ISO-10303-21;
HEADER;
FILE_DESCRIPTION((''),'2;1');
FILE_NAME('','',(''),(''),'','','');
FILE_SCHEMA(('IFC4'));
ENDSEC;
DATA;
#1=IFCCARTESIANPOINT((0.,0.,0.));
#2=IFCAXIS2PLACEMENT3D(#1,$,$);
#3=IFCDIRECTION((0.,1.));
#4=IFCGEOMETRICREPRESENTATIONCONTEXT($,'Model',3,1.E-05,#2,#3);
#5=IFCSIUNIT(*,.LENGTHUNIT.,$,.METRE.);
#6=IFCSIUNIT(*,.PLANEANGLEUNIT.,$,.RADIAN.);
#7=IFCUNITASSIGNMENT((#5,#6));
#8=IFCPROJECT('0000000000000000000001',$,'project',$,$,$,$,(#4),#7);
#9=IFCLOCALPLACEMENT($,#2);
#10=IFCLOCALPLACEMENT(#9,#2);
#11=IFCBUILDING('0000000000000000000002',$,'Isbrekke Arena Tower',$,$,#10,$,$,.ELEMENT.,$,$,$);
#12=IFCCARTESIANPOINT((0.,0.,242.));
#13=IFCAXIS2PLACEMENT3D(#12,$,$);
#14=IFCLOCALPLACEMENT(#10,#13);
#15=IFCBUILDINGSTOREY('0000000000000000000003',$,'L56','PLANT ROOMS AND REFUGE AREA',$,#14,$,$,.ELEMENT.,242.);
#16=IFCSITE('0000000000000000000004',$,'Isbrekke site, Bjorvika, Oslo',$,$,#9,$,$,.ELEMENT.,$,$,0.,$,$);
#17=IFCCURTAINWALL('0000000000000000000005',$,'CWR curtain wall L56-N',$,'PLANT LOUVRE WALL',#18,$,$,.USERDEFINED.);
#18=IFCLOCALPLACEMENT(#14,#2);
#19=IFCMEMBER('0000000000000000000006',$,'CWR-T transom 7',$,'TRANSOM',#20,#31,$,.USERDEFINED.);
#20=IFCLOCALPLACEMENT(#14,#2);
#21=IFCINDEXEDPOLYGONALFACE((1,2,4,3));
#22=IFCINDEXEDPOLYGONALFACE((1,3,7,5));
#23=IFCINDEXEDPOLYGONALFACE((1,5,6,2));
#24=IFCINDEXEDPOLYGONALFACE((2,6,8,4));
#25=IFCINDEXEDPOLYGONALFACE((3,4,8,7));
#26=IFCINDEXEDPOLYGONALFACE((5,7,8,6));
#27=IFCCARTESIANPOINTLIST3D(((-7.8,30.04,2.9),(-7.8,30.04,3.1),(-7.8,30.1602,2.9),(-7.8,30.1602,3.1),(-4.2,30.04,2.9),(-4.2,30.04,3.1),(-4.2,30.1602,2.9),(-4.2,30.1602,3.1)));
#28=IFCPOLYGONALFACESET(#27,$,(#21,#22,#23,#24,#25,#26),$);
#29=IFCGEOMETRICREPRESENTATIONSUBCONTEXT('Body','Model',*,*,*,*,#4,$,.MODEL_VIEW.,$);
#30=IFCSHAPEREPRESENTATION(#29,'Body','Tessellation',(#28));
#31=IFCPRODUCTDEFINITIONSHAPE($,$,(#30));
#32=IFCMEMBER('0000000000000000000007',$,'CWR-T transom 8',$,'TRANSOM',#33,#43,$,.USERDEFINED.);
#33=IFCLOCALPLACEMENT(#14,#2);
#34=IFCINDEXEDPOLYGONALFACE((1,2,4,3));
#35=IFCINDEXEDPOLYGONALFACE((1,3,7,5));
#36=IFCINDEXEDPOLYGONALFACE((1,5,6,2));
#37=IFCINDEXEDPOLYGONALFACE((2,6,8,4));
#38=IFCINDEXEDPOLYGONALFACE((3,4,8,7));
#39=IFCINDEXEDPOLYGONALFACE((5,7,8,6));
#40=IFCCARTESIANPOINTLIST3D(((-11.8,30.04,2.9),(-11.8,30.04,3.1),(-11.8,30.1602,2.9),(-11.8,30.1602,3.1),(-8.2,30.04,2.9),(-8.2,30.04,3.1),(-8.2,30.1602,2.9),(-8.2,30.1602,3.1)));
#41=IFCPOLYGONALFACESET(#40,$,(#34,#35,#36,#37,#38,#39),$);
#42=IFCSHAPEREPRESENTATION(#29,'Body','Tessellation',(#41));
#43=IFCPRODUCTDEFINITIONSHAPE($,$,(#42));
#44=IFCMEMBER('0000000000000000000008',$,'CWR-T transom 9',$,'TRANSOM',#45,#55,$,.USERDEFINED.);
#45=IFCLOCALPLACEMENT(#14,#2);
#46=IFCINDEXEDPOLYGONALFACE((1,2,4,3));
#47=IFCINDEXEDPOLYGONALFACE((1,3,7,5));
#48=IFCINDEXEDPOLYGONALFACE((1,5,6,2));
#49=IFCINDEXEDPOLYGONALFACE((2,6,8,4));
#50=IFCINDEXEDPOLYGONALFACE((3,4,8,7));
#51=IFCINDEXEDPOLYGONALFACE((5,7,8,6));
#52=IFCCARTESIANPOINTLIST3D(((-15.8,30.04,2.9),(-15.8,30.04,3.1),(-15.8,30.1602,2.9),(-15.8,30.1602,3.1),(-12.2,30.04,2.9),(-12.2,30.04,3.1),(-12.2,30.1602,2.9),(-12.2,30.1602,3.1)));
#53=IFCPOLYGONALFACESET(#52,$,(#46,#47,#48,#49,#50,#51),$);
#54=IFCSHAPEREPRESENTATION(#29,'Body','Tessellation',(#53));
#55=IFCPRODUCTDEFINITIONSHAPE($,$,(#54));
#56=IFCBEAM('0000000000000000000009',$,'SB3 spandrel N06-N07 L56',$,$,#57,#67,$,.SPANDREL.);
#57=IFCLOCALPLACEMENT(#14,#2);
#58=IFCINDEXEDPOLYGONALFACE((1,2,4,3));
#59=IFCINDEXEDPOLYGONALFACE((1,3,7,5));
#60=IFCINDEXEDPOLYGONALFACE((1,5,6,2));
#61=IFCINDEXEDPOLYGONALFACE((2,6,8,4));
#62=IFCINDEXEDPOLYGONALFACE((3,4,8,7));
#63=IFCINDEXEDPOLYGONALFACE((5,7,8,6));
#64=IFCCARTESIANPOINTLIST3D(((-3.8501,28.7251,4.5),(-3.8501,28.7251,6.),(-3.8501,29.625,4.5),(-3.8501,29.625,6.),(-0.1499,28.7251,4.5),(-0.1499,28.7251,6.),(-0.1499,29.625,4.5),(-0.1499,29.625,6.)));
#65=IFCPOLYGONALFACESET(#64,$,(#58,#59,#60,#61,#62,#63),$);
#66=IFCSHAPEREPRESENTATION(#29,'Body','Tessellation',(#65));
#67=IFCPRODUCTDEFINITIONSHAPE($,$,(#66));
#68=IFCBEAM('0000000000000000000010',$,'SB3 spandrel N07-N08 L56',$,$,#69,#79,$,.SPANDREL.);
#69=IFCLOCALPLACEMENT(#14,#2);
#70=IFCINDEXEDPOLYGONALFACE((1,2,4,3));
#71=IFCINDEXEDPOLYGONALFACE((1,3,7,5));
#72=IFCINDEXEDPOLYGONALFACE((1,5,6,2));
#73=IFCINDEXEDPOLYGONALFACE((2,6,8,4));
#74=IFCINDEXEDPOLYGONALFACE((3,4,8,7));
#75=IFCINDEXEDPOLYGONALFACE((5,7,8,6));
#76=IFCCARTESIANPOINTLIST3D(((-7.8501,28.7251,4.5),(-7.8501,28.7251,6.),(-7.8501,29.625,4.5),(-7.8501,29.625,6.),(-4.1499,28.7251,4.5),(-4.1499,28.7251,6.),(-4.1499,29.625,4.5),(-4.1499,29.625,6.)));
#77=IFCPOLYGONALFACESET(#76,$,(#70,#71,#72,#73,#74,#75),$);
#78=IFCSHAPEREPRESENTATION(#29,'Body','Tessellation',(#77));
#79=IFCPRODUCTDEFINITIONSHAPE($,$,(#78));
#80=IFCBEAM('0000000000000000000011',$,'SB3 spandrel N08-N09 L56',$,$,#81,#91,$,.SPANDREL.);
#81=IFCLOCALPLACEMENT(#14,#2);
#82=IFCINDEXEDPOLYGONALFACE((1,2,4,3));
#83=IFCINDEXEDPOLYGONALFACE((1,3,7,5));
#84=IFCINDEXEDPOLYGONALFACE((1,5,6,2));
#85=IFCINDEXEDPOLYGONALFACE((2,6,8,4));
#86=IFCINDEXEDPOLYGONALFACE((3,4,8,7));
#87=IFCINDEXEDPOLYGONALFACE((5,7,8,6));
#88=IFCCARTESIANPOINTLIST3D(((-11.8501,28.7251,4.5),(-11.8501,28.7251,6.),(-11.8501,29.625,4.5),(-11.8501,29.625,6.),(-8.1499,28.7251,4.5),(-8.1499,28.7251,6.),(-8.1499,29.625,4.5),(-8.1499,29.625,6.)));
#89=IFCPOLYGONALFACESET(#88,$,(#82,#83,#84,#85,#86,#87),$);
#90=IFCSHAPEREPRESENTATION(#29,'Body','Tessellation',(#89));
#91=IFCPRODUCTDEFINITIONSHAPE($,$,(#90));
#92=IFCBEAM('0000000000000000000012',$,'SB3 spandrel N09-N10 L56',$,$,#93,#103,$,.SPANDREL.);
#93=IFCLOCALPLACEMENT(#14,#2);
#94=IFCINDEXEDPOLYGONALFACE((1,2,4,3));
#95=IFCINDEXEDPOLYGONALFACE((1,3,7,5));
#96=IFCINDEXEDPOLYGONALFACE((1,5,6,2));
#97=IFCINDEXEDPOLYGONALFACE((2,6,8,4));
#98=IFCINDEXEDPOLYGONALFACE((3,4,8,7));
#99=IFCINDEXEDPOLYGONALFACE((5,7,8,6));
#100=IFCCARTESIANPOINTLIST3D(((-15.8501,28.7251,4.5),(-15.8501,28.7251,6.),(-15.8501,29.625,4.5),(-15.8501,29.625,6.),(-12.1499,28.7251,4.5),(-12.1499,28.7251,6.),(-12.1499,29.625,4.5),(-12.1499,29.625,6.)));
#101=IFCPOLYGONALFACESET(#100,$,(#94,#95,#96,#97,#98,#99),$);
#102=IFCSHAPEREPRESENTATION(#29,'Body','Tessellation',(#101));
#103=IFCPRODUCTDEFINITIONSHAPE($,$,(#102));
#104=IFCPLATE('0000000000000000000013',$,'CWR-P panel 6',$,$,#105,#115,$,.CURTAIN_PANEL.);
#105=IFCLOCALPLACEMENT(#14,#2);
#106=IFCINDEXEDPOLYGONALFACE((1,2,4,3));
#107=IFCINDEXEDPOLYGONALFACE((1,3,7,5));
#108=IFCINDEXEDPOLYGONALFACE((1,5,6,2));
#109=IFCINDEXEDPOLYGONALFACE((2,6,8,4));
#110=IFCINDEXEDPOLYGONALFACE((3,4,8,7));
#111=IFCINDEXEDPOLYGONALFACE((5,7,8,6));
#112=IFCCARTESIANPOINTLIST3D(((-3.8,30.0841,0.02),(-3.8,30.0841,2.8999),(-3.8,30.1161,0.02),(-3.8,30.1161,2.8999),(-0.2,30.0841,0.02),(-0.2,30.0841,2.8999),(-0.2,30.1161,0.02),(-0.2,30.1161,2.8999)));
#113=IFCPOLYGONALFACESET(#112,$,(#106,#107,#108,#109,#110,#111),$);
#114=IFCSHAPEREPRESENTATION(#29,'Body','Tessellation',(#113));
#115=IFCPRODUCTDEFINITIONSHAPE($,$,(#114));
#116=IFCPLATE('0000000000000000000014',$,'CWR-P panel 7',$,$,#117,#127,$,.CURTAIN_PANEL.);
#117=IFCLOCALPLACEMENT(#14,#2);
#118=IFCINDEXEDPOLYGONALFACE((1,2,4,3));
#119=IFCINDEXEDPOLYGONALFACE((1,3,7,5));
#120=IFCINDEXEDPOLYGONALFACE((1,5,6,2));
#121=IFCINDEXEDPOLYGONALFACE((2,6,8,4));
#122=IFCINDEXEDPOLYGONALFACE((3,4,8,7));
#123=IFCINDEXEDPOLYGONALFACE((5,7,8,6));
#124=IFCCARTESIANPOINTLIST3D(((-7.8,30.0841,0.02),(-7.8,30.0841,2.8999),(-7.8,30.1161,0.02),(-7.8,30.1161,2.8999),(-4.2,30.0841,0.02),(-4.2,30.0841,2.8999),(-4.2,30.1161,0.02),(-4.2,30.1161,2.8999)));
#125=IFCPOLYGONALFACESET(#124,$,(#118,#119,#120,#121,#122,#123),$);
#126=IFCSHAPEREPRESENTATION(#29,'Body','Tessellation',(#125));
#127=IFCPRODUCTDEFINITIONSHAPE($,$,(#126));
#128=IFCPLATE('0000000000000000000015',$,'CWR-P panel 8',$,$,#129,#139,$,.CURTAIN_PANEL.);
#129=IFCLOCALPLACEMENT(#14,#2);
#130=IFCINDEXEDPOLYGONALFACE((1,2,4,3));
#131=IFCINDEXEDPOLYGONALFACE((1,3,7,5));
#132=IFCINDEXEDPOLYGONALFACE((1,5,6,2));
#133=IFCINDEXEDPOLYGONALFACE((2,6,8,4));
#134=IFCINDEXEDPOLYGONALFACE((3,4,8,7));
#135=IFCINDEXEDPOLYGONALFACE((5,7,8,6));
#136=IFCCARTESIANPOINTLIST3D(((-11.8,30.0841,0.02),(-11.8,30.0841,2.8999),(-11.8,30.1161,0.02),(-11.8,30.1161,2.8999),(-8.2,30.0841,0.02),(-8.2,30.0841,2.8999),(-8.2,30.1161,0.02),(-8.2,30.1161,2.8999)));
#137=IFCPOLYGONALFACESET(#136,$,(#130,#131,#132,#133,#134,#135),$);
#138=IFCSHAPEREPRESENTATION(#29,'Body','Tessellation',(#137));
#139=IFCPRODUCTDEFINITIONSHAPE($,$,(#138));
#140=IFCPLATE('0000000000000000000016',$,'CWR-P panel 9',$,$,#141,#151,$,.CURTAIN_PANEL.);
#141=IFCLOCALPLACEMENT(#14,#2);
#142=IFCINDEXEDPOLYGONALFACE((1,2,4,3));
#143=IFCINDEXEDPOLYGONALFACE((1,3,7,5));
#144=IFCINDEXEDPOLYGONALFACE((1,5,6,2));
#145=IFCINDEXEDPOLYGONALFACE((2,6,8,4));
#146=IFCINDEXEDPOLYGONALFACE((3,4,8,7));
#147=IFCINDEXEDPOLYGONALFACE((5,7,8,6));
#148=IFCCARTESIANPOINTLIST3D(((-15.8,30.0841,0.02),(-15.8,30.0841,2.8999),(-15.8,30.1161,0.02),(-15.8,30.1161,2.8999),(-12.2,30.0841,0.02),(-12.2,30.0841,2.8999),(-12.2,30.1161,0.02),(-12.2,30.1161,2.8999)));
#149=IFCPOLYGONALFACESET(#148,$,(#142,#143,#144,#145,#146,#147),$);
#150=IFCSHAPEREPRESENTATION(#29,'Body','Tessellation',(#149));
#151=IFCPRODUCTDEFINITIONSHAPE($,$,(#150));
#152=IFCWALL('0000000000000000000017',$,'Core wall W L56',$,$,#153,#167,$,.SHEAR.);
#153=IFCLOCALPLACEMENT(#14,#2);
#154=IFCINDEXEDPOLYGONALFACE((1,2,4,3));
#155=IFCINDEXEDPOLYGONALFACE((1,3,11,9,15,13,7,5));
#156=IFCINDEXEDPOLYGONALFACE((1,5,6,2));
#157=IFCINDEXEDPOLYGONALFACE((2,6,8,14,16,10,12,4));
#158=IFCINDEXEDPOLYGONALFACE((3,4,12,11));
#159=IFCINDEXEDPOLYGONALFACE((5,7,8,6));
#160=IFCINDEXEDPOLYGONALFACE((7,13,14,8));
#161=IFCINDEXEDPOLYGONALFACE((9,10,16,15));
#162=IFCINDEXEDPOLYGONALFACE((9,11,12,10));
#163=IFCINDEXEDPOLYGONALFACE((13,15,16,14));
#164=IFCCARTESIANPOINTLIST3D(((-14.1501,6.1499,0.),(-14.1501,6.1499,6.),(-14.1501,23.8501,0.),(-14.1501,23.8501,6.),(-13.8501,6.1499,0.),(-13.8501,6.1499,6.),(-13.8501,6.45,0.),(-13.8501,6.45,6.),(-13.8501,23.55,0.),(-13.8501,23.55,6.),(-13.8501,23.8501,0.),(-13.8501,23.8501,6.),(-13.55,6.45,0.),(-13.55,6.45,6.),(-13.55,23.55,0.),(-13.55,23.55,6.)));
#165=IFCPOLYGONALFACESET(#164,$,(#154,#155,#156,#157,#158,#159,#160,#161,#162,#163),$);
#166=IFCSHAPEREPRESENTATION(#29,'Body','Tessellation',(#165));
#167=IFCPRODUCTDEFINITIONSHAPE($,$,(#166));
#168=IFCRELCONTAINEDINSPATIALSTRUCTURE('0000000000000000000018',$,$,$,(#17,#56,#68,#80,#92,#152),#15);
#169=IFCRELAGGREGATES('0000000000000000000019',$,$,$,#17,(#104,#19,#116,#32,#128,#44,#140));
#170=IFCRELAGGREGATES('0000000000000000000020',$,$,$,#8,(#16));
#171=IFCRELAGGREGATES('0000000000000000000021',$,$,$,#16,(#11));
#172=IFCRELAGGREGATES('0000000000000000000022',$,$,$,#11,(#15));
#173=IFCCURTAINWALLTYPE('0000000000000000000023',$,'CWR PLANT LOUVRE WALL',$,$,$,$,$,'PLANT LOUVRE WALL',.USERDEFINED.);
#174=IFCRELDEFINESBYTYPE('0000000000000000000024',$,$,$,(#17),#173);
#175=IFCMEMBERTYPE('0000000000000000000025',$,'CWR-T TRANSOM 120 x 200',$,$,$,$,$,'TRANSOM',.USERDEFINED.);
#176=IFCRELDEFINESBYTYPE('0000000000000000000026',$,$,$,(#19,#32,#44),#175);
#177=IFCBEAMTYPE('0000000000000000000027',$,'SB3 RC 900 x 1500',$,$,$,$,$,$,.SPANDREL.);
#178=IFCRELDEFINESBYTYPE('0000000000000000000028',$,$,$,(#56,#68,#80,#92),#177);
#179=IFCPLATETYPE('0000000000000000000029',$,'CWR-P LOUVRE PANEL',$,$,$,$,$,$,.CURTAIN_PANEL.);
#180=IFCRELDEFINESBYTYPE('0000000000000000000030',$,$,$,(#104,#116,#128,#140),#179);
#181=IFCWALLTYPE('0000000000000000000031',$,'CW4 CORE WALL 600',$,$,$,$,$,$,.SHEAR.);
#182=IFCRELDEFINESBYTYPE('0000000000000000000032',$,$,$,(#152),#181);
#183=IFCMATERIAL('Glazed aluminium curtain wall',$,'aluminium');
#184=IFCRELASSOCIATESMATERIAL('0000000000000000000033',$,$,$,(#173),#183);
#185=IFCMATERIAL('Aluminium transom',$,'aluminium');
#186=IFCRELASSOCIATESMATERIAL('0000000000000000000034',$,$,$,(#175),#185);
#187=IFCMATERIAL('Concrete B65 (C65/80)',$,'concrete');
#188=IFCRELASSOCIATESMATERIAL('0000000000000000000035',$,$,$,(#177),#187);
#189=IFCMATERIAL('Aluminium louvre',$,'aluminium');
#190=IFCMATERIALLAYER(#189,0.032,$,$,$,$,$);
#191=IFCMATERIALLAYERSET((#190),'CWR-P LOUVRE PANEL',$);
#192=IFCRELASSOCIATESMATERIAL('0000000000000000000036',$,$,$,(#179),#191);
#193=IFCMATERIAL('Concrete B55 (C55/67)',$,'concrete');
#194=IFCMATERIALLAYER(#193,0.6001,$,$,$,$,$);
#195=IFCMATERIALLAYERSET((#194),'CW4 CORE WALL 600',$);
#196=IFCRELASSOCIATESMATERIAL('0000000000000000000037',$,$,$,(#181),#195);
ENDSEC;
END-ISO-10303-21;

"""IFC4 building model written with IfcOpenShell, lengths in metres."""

from ifc_helpers import new_model, si_unit, direction, frame, origin, origin_2d, place, context, subcontext, project, spatial, polyline, rectangle, outline, extrude, material, layer, layer_set, material_profile, profile_set, type_object, element, aggregate, save


model = new_model("IFC4")

# Units and contexts
model_context = context("Model", 3, precision=1e-05, world=origin(), true_north=direction((0.0, 1.0)))
body_context = subcontext(model_context, "Body", "Model", "MODEL_VIEW")
ifc_project = project(units=[si_unit("LENGTHUNIT", "METRE"), si_unit("PLANEANGLEUNIT", "RADIAN")], contexts=[model_context])

# Site, building, storey
site_placement = place(None, origin())
site = spatial("IfcSite", under=ifc_project, at=site_placement, Name="Isbrekke site, Bjorvika, Oslo", CompositionType="ELEMENT", RefElevation=0.0)
building_placement = place(site_placement, origin())
building = spatial("IfcBuilding", under=site, at=building_placement, Name="Isbrekke Arena Tower", CompositionType="ELEMENT")
storey_placement = place(building_placement, frame((0.0, 0.0, 242.0)))
storey = spatial("IfcBuildingStorey", under=building, at=storey_placement, Name="L56", Description="PLANT ROOMS AND REFUGE AREA", CompositionType="ELEMENT", Elevation=242.0)

# Curtain wall, members
ifc_material_1 = material(Name="Glazed aluminium curtain wall", Category="aluminium")
curtain_wall_type = type_object("IfcCurtainWallType", Name="CWR PLANT LOUVRE WALL", ElementType="PLANT LOUVRE WALL", PredefinedType="USERDEFINED", material=ifc_material_1)
curtain_wall_placement = place(storey_placement, origin())
curtain_wall = element("IfcCurtainWall", 1, at=curtain_wall_placement, inside=storey, type_object=curtain_wall_type, Name="CWR curtain wall L56-N", ObjectType="PLANT LOUVRE WALL", PredefinedType="USERDEFINED")
ifc_material_2 = material(Name="Aluminium transom", Category="aluminium")
ifc_material_profile_1 = material_profile(ifc_material_2, rectangle(XDim=0.1201, YDim=0.2, at=origin_2d()), Name="TRANSOM 120X200")
ifc_profile_set_1 = profile_set([ifc_material_profile_1], Name="Aluminium transom")
member_type_1 = type_object("IfcMemberType", Name="CWR-T TRANSOM 120 x 200", ElementType="TRANSOM", PredefinedType="USERDEFINED", material=ifc_profile_set_1)
member_1_placement = place(storey_placement, frame((-4.2, 30.1001, 3.0), z_axis=(-1.0, 0.0, 0.0), x_axis=(0.0, -1.0, 0.0)))
member_1 = element("IfcMember", 2, at=member_1_placement, type_object=member_type_1, Name="CWR-T transom 7", ObjectType="TRANSOM", PredefinedType="USERDEFINED", context=body_context, shape_type="SweptSolid", body=[
    extrude(rectangle(XDim=0.1201, YDim=0.2, at=origin_2d()), origin(), (0.0, 0.0, 1.0), 3.6001),
])
member_2_placement = place(storey_placement, frame((-8.2, 30.1001, 3.0), z_axis=(-1.0, 0.0, 0.0), x_axis=(0.0, -1.0, 0.0)))
member_2 = element("IfcMember", 3, at=member_2_placement, type_object=member_type_1, Name="CWR-T transom 8", ObjectType="TRANSOM", PredefinedType="USERDEFINED", context=body_context, shape_type="SweptSolid", body=[
    extrude(rectangle(XDim=0.1201, YDim=0.2, at=origin_2d()), origin(), (0.0, 0.0, 1.0), 3.6001),
])
member_3_placement = place(storey_placement, frame((-12.2, 30.1001, 3.0), z_axis=(-1.0, 0.0, 0.0), x_axis=(0.0, -1.0, 0.0)))
member_3 = element("IfcMember", 4, at=member_3_placement, type_object=member_type_1, Name="CWR-T transom 9", ObjectType="TRANSOM", PredefinedType="USERDEFINED", context=body_context, shape_type="SweptSolid", body=[
    extrude(rectangle(XDim=0.1201, YDim=0.2, at=origin_2d()), origin(), (0.0, 0.0, 1.0), 3.6001),
])

# Beams
ifc_material_3 = material(Name="Concrete B65 (C65/80)", Category="concrete")
ifc_material_profile_2 = material_profile(ifc_material_3, rectangle(XDim=0.8999, YDim=1.5, at=origin_2d()), Name="RC 900x1500")
ifc_profile_set_2 = profile_set([ifc_material_profile_2], Name="Concrete B65 (C65/80)")
beam_type_1 = type_object("IfcBeamType", Name="SB3 RC 900 x 1500", PredefinedType="SPANDREL", material=ifc_profile_set_2)
for number, where, z_axis, x_axis, name in (
    (5, (-0.1499, 29.175, 5.25), (-1.0, 0.0, 0.0), (0.0, -1.0, 0.0), "SB3 spandrel N06-N07 L56"),
    (6, (-4.1499, 29.175, 5.25), (-1.0, 0.0, 0.0), (0.0, -1.0, 0.0), "SB3 spandrel N07-N08 L56"),
    (7, (-8.1499, 29.175, 5.25), (-1.0, 0.0, 0.0), (0.0, -1.0, 0.0), "SB3 spandrel N08-N09 L56"),
    (8, (-12.1499, 29.175, 5.25), (-1.0, 0.0, 0.0), (0.0, -1.0, 0.0), "SB3 spandrel N09-N10 L56"),
):
    element("IfcBeam", number, at=place(storey_placement, frame(where, z_axis=z_axis, x_axis=x_axis)), inside=storey, type_object=beam_type_1, Name=name, PredefinedType="SPANDREL", context=body_context, shape_type="SweptSolid", body=[
        extrude(rectangle(XDim=0.8999, YDim=1.5, at=origin_2d()), origin(), (0.0, 0.0, 1.0), 3.7002),
    ])

# Plates
ifc_material_4 = material(Name="Aluminium louvre", Category="aluminium")
ifc_layer_1 = layer(ifc_material_4, 0.032)
ifc_layer_set_1 = layer_set([ifc_layer_1], Name="CWR-P LOUVRE PANEL")
plate_type = type_object("IfcPlateType", Name="CWR-P LOUVRE PANEL", PredefinedType="CURTAIN_PANEL", material=ifc_layer_set_1)
plate_1_placement = place(storey_placement, frame((-2.0, 30.1001, 0.02), z_axis=(0.0, 0.0, 1.0), x_axis=(-1.0, 0.0, 0.0)))
plate_1 = element("IfcPlate", 9, at=plate_1_placement, type_object=plate_type, Name="CWR-P panel 6", PredefinedType="CURTAIN_PANEL", context=body_context, shape_type="SweptSolid", body=[
    extrude(rectangle(XDim=3.6001, YDim=0.032, at=origin_2d()), origin(), (0.0, 0.0, 1.0), 2.8799),
])
plate_2_placement = place(storey_placement, frame((-6.0, 30.1001, 0.02), z_axis=(0.0, 0.0, 1.0), x_axis=(-1.0, 0.0, 0.0)))
plate_2 = element("IfcPlate", 10, at=plate_2_placement, type_object=plate_type, Name="CWR-P panel 7", PredefinedType="CURTAIN_PANEL", context=body_context, shape_type="SweptSolid", body=[
    extrude(rectangle(XDim=3.6001, YDim=0.032, at=origin_2d()), origin(), (0.0, 0.0, 1.0), 2.8799),
])
plate_3_placement = place(storey_placement, frame((-10.0, 30.1001, 0.02), z_axis=(0.0, 0.0, 1.0), x_axis=(-1.0, 0.0, 0.0)))
plate_3 = element("IfcPlate", 11, at=plate_3_placement, type_object=plate_type, Name="CWR-P panel 8", PredefinedType="CURTAIN_PANEL", context=body_context, shape_type="SweptSolid", body=[
    extrude(rectangle(XDim=3.6001, YDim=0.032, at=origin_2d()), origin(), (0.0, 0.0, 1.0), 2.8799),
])
plate_4_placement = place(storey_placement, frame((-14.0, 30.1001, 0.02), z_axis=(0.0, 0.0, 1.0), x_axis=(-1.0, 0.0, 0.0)))
plate_4 = element("IfcPlate", 12, at=plate_4_placement, type_object=plate_type, Name="CWR-P panel 9", PredefinedType="CURTAIN_PANEL", context=body_context, shape_type="SweptSolid", body=[
    extrude(rectangle(XDim=3.6001, YDim=0.032, at=origin_2d()), origin(), (0.0, 0.0, 1.0), 2.8799),
])
aggregate(curtain_wall, [plate_1, member_1, plate_2, member_2, plate_3, member_3, plate_4])

# Wall
ifc_material_5 = material(Name="Concrete B55 (C55/67)", Category="concrete")
ifc_layer_2 = layer(ifc_material_5, 0.6001)
ifc_layer_set_2 = layer_set([ifc_layer_2], Name="CW4 CORE WALL 600")
wall_type_1 = type_object("IfcWallType", Name="CW4 CORE WALL 600", PredefinedType="SHEAR", material=ifc_layer_set_2)
wall_1_placement = place(storey_placement, frame((-13.8501, 23.8501, 0.0), z_axis=(0.0, 0.0, 1.0), x_axis=(0.0, -1.0, 0.0)))
element("IfcWall", 13, at=wall_1_placement, inside=storey, type_object=wall_type_1, Name="Core wall W L56", PredefinedType="SHEAR", context=body_context, shape_type="SweptSolid", body=[
    extrude(outline(polyline([(0.0, -0.3), (17.7002, -0.3), (17.7002, 0.0), (17.4001, 0.0), (17.4001, 0.3), (0.3, 0.3), (0.3, 0.0), (0.0, 0.0), (0.0, -0.3)])), origin(), (0.0, 0.0, 1.0), 6.0),
])

save(model, "model.ifc")
